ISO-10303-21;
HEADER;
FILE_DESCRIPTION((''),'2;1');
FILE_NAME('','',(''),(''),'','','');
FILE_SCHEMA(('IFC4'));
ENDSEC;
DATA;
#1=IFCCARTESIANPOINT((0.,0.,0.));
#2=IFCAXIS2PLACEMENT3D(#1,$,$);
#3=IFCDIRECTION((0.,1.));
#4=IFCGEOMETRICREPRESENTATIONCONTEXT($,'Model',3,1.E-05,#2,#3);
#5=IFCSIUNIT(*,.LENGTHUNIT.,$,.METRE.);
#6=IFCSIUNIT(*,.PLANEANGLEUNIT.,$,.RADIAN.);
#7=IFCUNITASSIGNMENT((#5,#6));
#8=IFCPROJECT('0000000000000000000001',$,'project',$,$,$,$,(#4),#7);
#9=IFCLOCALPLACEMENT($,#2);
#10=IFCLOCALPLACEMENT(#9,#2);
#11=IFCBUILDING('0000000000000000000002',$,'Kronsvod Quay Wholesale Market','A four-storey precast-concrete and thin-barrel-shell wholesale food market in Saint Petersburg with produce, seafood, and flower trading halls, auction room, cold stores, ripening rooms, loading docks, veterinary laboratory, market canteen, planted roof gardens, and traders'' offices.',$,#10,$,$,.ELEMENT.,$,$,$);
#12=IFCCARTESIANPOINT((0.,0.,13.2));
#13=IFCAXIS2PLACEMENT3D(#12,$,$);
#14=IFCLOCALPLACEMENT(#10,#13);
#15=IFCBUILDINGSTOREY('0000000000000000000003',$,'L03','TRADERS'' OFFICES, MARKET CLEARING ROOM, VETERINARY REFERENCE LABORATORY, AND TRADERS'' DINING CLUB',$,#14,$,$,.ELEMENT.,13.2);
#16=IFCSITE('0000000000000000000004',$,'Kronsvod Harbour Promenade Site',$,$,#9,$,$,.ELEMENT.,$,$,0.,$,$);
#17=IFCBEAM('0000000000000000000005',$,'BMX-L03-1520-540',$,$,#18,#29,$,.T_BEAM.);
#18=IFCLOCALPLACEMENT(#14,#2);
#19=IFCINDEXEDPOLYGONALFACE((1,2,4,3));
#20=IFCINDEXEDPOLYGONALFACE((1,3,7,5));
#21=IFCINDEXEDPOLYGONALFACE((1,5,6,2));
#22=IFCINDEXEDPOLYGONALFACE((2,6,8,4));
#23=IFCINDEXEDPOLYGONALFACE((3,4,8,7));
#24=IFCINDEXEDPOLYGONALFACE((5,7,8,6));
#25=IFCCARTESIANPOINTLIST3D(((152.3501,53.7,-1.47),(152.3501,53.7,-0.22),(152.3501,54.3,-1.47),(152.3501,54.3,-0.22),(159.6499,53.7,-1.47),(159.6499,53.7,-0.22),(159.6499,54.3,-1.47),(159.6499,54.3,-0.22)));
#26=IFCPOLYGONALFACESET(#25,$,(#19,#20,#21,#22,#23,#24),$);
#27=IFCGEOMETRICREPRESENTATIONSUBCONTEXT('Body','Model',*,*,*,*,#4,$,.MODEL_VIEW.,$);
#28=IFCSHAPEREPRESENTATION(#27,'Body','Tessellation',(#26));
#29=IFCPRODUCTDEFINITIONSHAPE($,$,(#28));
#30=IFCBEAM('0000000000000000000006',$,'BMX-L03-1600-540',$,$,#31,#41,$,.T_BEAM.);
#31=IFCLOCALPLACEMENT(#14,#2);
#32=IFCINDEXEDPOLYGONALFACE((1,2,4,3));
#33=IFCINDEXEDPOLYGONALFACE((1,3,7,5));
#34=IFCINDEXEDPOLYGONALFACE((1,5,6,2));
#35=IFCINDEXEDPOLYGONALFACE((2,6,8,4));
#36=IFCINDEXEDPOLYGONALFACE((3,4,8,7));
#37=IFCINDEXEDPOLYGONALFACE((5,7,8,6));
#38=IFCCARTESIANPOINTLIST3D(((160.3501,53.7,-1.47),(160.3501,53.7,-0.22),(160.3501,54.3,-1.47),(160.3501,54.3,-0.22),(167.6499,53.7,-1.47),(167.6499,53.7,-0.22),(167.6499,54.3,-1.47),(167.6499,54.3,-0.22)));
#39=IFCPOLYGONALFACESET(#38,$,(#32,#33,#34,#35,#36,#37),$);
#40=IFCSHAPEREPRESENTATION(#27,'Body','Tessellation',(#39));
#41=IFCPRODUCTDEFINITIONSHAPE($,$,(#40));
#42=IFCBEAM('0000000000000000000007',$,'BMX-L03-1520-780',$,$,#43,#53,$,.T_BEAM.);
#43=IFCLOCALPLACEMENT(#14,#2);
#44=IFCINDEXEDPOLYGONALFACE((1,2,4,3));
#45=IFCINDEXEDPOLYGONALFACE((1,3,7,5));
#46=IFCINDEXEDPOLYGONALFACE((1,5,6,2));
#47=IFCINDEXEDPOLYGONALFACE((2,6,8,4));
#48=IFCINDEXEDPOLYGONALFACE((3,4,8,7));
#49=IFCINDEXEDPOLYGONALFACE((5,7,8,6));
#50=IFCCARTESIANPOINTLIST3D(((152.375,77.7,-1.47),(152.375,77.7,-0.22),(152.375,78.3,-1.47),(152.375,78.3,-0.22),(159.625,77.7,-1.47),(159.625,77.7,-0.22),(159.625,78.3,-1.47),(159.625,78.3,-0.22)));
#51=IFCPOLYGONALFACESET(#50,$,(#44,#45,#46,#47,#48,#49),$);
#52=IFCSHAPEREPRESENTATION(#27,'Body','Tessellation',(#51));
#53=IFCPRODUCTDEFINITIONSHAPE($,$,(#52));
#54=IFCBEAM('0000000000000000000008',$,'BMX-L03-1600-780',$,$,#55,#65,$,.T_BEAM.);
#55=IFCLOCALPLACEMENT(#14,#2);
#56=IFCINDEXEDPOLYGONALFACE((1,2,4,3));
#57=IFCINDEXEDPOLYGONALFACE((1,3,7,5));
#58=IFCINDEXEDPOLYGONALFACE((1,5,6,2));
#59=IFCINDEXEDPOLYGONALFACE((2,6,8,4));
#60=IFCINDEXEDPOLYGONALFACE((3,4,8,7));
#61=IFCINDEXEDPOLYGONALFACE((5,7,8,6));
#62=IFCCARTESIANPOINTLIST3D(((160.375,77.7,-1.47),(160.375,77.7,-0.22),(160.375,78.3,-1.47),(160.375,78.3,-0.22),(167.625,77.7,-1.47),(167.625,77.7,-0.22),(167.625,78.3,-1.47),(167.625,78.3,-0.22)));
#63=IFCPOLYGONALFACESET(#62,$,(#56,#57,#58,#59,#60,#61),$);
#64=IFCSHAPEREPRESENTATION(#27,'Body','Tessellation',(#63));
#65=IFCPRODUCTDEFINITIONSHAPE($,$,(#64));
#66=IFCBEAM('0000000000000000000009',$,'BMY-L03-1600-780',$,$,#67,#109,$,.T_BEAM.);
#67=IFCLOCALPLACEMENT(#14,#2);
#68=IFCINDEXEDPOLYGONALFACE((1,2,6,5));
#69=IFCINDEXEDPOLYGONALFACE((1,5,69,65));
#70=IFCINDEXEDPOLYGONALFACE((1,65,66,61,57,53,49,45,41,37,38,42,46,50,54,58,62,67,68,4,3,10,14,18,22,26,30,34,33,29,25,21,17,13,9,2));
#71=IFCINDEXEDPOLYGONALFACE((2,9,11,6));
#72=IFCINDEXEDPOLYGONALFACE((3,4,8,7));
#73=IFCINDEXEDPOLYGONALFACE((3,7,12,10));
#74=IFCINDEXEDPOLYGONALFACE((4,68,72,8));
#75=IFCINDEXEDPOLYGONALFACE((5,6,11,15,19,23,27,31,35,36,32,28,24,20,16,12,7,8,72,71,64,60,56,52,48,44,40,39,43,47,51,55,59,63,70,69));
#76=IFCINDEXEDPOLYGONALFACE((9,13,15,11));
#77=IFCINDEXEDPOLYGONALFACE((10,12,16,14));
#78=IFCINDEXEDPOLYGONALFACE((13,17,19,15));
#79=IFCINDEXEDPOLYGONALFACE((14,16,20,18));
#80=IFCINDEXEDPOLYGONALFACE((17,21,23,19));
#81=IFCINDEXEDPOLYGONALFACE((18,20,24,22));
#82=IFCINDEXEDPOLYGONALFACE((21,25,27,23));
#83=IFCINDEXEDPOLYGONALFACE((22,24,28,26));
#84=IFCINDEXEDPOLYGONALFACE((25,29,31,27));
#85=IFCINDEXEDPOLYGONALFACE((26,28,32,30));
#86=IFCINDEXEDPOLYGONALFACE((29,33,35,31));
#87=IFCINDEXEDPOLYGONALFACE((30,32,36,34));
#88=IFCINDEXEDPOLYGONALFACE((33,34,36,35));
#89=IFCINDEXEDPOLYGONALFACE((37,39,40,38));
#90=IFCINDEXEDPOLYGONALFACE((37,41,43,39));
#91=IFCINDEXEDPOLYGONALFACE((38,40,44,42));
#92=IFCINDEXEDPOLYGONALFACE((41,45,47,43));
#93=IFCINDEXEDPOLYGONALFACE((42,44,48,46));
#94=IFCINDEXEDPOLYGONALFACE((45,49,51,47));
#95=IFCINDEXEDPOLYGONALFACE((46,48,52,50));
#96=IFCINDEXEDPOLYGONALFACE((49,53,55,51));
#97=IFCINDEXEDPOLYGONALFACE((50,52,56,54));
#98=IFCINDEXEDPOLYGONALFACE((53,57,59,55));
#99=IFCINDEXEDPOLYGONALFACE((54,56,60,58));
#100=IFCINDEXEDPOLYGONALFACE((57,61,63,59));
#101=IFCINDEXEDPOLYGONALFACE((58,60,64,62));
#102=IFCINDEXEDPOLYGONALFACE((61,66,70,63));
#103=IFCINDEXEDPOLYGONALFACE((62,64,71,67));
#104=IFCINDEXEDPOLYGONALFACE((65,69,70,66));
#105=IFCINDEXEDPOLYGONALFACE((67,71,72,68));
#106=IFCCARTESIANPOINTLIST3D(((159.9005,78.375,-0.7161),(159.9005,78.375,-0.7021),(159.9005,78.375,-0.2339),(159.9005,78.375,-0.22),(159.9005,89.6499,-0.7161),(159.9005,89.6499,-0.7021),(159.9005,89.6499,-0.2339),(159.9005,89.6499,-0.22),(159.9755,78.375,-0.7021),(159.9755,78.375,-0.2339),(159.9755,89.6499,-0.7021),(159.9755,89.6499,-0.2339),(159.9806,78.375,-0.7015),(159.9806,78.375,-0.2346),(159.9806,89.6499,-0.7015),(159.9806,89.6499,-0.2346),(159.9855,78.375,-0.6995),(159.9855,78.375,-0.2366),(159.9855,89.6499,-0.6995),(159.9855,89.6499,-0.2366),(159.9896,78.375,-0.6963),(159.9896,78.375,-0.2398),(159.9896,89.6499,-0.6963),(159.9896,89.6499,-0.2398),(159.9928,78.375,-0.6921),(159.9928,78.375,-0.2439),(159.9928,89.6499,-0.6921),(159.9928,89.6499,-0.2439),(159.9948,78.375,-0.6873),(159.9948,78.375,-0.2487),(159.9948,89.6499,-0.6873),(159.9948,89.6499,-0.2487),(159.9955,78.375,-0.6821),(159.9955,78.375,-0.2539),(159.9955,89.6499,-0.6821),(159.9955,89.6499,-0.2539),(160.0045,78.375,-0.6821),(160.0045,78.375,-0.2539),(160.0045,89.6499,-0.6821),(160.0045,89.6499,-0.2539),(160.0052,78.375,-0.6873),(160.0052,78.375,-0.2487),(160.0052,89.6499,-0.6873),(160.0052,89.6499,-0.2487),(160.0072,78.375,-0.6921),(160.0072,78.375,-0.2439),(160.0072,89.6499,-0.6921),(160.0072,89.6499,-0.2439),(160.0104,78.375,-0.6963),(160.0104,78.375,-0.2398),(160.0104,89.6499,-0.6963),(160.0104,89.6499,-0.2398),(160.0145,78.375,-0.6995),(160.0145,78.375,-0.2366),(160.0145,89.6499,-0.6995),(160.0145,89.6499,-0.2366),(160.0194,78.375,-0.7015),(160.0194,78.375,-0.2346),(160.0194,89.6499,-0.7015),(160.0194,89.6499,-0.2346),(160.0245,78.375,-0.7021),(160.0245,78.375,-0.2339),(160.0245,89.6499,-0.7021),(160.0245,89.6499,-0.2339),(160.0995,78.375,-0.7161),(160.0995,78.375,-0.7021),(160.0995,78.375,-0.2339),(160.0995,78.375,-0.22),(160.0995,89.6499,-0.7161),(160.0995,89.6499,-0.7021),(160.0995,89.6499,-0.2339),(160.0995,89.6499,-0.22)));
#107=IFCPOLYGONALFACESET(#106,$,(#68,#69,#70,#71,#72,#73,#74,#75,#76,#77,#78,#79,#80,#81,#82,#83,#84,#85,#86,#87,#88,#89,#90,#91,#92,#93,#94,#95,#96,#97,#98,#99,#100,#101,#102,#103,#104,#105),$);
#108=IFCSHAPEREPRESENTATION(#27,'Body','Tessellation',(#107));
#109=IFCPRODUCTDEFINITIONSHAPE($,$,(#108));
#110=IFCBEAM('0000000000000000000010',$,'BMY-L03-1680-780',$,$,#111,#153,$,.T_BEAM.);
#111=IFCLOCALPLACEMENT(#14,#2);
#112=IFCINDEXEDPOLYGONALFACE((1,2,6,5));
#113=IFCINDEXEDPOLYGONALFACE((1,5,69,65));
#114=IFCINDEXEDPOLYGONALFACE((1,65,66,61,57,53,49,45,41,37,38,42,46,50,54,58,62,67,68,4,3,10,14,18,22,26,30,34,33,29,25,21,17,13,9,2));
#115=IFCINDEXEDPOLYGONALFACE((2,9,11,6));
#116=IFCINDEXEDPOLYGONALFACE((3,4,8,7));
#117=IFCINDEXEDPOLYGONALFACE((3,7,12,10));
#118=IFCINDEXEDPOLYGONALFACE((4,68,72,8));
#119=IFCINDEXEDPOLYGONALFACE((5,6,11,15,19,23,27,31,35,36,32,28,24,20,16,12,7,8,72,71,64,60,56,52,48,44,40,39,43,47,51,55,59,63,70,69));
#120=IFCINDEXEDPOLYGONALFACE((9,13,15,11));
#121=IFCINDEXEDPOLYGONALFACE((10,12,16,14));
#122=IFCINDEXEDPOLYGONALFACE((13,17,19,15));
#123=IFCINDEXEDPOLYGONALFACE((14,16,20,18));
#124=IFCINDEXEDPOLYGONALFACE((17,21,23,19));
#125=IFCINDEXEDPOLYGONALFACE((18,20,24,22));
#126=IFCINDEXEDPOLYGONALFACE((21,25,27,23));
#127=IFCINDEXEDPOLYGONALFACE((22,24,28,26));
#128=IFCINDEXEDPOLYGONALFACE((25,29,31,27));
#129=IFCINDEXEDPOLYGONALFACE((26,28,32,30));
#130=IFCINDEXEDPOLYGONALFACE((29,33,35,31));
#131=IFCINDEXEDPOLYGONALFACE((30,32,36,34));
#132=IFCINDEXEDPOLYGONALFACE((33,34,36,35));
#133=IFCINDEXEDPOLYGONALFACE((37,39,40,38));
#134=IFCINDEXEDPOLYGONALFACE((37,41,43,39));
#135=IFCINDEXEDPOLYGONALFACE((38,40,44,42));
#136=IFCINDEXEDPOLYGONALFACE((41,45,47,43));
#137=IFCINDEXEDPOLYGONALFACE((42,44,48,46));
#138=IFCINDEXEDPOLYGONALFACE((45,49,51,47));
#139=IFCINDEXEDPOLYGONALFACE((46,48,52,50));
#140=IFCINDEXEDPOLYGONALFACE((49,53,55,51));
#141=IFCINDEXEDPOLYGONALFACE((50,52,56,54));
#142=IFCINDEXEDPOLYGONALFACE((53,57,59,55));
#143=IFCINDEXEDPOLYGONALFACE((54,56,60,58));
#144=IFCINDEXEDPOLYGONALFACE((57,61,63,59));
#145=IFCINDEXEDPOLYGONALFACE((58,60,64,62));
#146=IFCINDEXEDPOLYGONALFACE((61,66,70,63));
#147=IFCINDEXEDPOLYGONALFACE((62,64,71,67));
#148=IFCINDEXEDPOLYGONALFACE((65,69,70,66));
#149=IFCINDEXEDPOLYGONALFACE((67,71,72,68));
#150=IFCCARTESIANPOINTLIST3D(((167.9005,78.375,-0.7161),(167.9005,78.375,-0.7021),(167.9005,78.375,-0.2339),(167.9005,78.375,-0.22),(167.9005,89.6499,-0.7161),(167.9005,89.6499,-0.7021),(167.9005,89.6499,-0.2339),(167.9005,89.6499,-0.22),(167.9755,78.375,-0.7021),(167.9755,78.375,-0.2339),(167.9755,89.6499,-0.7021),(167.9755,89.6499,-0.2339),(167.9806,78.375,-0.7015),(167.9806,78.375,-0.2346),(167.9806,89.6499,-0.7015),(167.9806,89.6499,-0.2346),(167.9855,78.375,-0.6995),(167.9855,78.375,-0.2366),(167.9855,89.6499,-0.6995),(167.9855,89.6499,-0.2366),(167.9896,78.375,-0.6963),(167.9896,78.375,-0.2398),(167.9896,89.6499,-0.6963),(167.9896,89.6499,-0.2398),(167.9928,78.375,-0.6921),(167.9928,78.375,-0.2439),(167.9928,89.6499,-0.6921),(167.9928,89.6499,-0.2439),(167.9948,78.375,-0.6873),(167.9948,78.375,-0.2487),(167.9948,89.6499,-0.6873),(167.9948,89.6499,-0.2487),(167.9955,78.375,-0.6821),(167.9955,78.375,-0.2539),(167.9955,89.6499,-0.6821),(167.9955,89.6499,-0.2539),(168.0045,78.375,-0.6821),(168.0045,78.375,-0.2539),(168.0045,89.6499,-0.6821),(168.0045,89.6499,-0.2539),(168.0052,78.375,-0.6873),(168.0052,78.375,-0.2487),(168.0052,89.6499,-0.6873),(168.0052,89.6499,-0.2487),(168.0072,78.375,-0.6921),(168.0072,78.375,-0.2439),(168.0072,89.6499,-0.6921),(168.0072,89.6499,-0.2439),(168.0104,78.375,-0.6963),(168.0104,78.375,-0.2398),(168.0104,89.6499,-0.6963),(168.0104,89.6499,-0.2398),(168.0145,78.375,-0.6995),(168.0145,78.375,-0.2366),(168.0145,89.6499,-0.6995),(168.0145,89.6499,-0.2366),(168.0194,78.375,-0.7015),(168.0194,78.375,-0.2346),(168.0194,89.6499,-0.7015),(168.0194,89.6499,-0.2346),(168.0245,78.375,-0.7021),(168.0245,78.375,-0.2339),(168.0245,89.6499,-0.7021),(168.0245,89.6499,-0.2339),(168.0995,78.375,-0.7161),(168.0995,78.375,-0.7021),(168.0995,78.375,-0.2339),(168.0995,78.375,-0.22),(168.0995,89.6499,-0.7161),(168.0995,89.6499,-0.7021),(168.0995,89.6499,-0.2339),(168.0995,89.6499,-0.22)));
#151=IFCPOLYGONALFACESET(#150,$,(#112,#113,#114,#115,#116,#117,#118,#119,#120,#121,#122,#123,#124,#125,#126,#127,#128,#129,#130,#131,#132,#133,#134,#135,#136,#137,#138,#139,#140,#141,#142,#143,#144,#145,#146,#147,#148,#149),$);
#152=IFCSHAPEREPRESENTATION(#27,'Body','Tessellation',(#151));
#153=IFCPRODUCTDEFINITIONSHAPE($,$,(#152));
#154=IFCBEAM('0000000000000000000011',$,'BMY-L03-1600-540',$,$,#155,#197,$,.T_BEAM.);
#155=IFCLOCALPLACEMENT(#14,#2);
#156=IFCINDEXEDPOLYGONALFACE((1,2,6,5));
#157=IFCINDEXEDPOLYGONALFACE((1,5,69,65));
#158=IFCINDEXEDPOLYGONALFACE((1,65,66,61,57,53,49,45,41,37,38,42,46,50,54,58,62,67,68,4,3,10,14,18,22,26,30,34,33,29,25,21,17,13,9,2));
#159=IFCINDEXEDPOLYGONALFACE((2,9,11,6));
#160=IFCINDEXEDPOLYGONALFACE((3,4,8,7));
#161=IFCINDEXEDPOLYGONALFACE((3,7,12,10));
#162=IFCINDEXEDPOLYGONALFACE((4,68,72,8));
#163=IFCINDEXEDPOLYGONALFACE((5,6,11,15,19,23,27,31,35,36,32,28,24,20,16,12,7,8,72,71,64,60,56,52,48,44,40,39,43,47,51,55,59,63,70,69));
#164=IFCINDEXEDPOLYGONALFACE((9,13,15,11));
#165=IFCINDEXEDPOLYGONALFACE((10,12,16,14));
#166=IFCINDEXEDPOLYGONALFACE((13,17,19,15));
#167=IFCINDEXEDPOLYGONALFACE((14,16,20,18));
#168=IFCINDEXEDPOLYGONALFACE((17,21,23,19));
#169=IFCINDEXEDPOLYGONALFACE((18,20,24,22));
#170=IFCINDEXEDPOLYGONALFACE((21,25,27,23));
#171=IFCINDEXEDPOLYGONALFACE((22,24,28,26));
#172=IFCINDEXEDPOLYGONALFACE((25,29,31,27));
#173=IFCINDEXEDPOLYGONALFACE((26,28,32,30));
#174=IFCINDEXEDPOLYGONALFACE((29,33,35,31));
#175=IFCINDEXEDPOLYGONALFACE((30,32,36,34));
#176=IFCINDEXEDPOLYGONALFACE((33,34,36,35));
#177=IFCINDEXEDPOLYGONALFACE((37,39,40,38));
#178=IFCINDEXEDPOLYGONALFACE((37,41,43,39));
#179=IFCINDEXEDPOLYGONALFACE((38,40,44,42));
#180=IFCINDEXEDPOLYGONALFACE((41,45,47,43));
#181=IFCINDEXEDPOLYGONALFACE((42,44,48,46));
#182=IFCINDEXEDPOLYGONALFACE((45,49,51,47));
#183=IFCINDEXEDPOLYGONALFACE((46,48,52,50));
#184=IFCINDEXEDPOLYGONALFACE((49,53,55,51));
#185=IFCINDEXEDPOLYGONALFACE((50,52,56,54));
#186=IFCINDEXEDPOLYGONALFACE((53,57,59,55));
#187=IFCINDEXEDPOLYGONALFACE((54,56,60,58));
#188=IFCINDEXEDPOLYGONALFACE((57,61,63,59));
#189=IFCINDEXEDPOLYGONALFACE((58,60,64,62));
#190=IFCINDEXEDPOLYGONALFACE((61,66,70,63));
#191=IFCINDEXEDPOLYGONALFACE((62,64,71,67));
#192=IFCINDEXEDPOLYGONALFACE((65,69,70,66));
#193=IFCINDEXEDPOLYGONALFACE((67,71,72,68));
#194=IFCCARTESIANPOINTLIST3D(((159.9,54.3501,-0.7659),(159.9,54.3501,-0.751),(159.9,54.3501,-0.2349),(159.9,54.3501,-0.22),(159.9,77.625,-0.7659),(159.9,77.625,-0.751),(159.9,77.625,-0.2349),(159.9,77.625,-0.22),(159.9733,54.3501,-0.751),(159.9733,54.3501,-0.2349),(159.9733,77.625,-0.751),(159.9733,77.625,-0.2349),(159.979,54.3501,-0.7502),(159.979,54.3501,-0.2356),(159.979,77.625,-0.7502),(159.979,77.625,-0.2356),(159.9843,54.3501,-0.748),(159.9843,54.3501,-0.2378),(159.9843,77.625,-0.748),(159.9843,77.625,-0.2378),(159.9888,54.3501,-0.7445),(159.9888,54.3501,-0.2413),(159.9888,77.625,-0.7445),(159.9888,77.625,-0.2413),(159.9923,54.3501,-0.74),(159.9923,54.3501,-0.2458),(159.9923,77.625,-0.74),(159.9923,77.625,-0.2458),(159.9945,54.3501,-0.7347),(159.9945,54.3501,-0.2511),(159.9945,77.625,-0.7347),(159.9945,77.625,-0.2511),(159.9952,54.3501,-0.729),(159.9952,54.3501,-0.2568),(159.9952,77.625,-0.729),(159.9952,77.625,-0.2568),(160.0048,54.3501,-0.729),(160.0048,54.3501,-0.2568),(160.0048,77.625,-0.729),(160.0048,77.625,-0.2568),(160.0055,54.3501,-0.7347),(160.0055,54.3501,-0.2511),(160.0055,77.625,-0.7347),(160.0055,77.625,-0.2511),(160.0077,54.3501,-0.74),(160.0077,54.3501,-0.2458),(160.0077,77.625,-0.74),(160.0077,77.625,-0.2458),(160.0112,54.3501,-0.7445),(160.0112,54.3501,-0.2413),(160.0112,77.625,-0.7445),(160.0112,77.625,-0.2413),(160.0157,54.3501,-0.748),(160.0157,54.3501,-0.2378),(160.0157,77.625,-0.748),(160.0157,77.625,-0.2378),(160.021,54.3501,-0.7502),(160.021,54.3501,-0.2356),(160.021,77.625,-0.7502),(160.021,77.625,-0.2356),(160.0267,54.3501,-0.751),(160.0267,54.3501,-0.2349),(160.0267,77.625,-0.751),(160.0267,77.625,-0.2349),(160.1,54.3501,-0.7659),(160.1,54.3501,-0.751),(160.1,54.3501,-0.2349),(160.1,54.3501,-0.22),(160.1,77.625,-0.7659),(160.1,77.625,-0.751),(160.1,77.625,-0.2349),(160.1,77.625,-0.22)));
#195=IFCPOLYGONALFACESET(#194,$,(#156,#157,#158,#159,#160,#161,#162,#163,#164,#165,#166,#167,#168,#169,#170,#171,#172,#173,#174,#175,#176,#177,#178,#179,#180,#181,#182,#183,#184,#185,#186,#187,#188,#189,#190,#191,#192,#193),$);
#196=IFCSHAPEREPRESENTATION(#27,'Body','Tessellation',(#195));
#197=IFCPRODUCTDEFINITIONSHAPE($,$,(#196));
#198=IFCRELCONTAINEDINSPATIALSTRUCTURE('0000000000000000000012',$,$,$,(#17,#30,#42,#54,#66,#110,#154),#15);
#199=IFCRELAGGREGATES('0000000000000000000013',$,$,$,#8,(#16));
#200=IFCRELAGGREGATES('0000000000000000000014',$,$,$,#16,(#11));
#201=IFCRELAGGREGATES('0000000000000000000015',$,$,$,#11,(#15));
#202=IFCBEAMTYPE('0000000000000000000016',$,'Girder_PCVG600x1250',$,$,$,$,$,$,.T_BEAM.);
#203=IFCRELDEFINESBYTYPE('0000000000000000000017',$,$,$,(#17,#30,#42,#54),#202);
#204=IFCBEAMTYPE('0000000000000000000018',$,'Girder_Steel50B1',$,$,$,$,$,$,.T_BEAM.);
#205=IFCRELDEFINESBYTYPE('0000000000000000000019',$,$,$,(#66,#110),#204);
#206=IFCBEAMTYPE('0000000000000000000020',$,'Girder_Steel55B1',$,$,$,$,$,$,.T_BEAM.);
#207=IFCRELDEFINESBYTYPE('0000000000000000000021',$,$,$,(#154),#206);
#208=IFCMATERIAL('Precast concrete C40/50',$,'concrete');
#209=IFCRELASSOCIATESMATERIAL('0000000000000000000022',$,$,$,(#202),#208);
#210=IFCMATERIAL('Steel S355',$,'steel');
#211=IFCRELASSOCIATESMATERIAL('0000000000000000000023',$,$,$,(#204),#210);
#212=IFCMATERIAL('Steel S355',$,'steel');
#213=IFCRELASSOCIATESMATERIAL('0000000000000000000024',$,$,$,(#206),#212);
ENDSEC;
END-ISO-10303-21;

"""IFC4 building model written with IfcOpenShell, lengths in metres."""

from ifc_helpers import new_model, si_unit, direction, frame, origin, origin_2d, place, context, subcontext, project, spatial, rectangle, i_section, extrude, material, material_profile, profile_set, type_object, element, save


model = new_model("IFC4")

# Units and contexts
model_context = context("Model", 3, precision=1e-05, world=origin(), true_north=direction((0.0, 1.0)))
body_context = subcontext(model_context, "Body", "Model", "MODEL_VIEW")
ifc_project = project(units=[si_unit("LENGTHUNIT", "METRE"), si_unit("PLANEANGLEUNIT", "RADIAN")], contexts=[model_context])

# Site, building, storey
site_placement = place(None, origin())
site = spatial("IfcSite", under=ifc_project, at=site_placement, Name="Kronsvod Harbour Promenade Site", CompositionType="ELEMENT", RefElevation=0.0)
building_placement = place(site_placement, origin())
building = spatial("IfcBuilding", under=site, at=building_placement, Name="Kronsvod Quay Wholesale Market", Description="A four-storey precast-concrete and thin-barrel-shell wholesale food market in Saint Petersburg with produce, seafood, and flower trading halls, auction room, cold stores, ripening rooms, loading docks, veterinary laboratory, market canteen, planted roof gardens, and traders' offices.", CompositionType="ELEMENT")
storey_placement = place(building_placement, frame((0.0, 0.0, 13.2)))
storey = spatial("IfcBuildingStorey", under=building, at=storey_placement, Name="L03", Description="TRADERS' OFFICES, MARKET CLEARING ROOM, VETERINARY REFERENCE LABORATORY, AND TRADERS' DINING CLUB", CompositionType="ELEMENT", Elevation=13.2)

# Beams
ifc_material_1 = material(Name="Precast concrete C40/50", Category="concrete")
ifc_material_profile_1 = material_profile(ifc_material_1, rectangle(XDim=0.6001, YDim=1.25, at=origin_2d()), Name="PCVG600x1250")
ifc_profile_set_1 = profile_set([ifc_material_profile_1], Name="Precast concrete C40/50")
beam_type_1 = type_object("IfcBeamType", Name="Girder_PCVG600x1250", PredefinedType="T_BEAM", material=ifc_profile_set_1)
for number, where, z_axis, x_axis, name in (
    (1, (152.3501, 54.0, -0.845), (1.0, 0.0, 0.0), (0.0, 1.0, 0.0), "BMX-L03-1520-540"),
    (2, (160.3501, 54.0, -0.845), (1.0, 0.0, 0.0), (0.0, 1.0, 0.0), "BMX-L03-1600-540"),
):
    element("IfcBeam", number, at=place(storey_placement, frame(where, z_axis=z_axis, x_axis=x_axis)), inside=storey, type_object=beam_type_1, Name=name, PredefinedType="T_BEAM", context=body_context, shape_type="SweptSolid", body=[
        extrude(rectangle(XDim=0.6001, YDim=1.25, at=origin_2d()), origin(), (0.0, 0.0, 1.0), 7.2998),
    ])
for number, where, z_axis, x_axis, name in (
    (3, (152.375, 78.0, -0.845), (1.0, 0.0, 0.0), (0.0, 1.0, 0.0), "BMX-L03-1520-780"),
    (4, (160.375, 78.0, -0.845), (1.0, 0.0, 0.0), (0.0, 1.0, 0.0), "BMX-L03-1600-780"),
):
    element("IfcBeam", number, at=place(storey_placement, frame(where, z_axis=z_axis, x_axis=x_axis)), inside=storey, type_object=beam_type_1, Name=name, PredefinedType="T_BEAM", context=body_context, shape_type="SweptSolid", body=[
        extrude(rectangle(XDim=0.6001, YDim=1.25, at=origin_2d()), origin(), (0.0, 0.0, 1.0), 7.25),
    ])
ifc_material_2 = material(Name="Steel S355", Category="steel")
ifc_material_profile_2 = material_profile(ifc_material_2, i_section(OverallWidth=0.199, OverallDepth=0.4961, WebThickness=0.009, FlangeThickness=0.0139, FilletRadius=0.02, at=origin_2d()), Name="50B1")
ifc_profile_set_2 = profile_set([ifc_material_profile_2], Name="Steel S355")
beam_type_2 = type_object("IfcBeamType", Name="Girder_Steel50B1", PredefinedType="T_BEAM", material=ifc_profile_set_2)
for number, where, z_axis, x_axis, name in (
    (5, (160.0, 78.375, -0.468), (0.0, 1.0, 0.0), (-1.0, 0.0, 0.0), "BMY-L03-1600-780"),
    (6, (168.0, 78.375, -0.468), (0.0, 1.0, 0.0), (-1.0, 0.0, 0.0), "BMY-L03-1680-780"),
):
    element("IfcBeam", number, at=place(storey_placement, frame(where, z_axis=z_axis, x_axis=x_axis)), inside=storey, type_object=beam_type_2, Name=name, PredefinedType="T_BEAM", context=body_context, shape_type="SweptSolid", body=[
        extrude(i_section(OverallWidth=0.199, OverallDepth=0.4961, WebThickness=0.009, FlangeThickness=0.0139, FilletRadius=0.02, at=origin_2d()), origin(), (0.0, 0.0, 1.0), 11.2749),
    ])
ifc_material_3 = material(Name="Steel S355", Category="steel")
ifc_material_profile_3 = material_profile(ifc_material_3, i_section(OverallWidth=0.2, OverallDepth=0.5459, WebThickness=0.0095, FlangeThickness=0.0149, FilletRadius=0.022, at=origin_2d()), Name="55B1")
ifc_profile_set_3 = profile_set([ifc_material_profile_3], Name="Steel S355")
beam_type_3 = type_object("IfcBeamType", Name="Girder_Steel55B1", PredefinedType="T_BEAM", material=ifc_profile_set_3)
for number, where, z_axis, x_axis, name in (
    (7, (160.0, 54.3501, -0.4929), (0.0, 1.0, 0.0), (-1.0, 0.0, 0.0), "BMY-L03-1600-540"),
):
    element("IfcBeam", number, at=place(storey_placement, frame(where, z_axis=z_axis, x_axis=x_axis)), inside=storey, type_object=beam_type_3, Name=name, PredefinedType="T_BEAM", context=body_context, shape_type="SweptSolid", body=[
        extrude(i_section(OverallWidth=0.2, OverallDepth=0.5459, WebThickness=0.0095, FlangeThickness=0.0149, FilletRadius=0.022, at=origin_2d()), origin(), (0.0, 0.0, 1.0), 23.2749),
    ])

save(model, "model.ifc")
